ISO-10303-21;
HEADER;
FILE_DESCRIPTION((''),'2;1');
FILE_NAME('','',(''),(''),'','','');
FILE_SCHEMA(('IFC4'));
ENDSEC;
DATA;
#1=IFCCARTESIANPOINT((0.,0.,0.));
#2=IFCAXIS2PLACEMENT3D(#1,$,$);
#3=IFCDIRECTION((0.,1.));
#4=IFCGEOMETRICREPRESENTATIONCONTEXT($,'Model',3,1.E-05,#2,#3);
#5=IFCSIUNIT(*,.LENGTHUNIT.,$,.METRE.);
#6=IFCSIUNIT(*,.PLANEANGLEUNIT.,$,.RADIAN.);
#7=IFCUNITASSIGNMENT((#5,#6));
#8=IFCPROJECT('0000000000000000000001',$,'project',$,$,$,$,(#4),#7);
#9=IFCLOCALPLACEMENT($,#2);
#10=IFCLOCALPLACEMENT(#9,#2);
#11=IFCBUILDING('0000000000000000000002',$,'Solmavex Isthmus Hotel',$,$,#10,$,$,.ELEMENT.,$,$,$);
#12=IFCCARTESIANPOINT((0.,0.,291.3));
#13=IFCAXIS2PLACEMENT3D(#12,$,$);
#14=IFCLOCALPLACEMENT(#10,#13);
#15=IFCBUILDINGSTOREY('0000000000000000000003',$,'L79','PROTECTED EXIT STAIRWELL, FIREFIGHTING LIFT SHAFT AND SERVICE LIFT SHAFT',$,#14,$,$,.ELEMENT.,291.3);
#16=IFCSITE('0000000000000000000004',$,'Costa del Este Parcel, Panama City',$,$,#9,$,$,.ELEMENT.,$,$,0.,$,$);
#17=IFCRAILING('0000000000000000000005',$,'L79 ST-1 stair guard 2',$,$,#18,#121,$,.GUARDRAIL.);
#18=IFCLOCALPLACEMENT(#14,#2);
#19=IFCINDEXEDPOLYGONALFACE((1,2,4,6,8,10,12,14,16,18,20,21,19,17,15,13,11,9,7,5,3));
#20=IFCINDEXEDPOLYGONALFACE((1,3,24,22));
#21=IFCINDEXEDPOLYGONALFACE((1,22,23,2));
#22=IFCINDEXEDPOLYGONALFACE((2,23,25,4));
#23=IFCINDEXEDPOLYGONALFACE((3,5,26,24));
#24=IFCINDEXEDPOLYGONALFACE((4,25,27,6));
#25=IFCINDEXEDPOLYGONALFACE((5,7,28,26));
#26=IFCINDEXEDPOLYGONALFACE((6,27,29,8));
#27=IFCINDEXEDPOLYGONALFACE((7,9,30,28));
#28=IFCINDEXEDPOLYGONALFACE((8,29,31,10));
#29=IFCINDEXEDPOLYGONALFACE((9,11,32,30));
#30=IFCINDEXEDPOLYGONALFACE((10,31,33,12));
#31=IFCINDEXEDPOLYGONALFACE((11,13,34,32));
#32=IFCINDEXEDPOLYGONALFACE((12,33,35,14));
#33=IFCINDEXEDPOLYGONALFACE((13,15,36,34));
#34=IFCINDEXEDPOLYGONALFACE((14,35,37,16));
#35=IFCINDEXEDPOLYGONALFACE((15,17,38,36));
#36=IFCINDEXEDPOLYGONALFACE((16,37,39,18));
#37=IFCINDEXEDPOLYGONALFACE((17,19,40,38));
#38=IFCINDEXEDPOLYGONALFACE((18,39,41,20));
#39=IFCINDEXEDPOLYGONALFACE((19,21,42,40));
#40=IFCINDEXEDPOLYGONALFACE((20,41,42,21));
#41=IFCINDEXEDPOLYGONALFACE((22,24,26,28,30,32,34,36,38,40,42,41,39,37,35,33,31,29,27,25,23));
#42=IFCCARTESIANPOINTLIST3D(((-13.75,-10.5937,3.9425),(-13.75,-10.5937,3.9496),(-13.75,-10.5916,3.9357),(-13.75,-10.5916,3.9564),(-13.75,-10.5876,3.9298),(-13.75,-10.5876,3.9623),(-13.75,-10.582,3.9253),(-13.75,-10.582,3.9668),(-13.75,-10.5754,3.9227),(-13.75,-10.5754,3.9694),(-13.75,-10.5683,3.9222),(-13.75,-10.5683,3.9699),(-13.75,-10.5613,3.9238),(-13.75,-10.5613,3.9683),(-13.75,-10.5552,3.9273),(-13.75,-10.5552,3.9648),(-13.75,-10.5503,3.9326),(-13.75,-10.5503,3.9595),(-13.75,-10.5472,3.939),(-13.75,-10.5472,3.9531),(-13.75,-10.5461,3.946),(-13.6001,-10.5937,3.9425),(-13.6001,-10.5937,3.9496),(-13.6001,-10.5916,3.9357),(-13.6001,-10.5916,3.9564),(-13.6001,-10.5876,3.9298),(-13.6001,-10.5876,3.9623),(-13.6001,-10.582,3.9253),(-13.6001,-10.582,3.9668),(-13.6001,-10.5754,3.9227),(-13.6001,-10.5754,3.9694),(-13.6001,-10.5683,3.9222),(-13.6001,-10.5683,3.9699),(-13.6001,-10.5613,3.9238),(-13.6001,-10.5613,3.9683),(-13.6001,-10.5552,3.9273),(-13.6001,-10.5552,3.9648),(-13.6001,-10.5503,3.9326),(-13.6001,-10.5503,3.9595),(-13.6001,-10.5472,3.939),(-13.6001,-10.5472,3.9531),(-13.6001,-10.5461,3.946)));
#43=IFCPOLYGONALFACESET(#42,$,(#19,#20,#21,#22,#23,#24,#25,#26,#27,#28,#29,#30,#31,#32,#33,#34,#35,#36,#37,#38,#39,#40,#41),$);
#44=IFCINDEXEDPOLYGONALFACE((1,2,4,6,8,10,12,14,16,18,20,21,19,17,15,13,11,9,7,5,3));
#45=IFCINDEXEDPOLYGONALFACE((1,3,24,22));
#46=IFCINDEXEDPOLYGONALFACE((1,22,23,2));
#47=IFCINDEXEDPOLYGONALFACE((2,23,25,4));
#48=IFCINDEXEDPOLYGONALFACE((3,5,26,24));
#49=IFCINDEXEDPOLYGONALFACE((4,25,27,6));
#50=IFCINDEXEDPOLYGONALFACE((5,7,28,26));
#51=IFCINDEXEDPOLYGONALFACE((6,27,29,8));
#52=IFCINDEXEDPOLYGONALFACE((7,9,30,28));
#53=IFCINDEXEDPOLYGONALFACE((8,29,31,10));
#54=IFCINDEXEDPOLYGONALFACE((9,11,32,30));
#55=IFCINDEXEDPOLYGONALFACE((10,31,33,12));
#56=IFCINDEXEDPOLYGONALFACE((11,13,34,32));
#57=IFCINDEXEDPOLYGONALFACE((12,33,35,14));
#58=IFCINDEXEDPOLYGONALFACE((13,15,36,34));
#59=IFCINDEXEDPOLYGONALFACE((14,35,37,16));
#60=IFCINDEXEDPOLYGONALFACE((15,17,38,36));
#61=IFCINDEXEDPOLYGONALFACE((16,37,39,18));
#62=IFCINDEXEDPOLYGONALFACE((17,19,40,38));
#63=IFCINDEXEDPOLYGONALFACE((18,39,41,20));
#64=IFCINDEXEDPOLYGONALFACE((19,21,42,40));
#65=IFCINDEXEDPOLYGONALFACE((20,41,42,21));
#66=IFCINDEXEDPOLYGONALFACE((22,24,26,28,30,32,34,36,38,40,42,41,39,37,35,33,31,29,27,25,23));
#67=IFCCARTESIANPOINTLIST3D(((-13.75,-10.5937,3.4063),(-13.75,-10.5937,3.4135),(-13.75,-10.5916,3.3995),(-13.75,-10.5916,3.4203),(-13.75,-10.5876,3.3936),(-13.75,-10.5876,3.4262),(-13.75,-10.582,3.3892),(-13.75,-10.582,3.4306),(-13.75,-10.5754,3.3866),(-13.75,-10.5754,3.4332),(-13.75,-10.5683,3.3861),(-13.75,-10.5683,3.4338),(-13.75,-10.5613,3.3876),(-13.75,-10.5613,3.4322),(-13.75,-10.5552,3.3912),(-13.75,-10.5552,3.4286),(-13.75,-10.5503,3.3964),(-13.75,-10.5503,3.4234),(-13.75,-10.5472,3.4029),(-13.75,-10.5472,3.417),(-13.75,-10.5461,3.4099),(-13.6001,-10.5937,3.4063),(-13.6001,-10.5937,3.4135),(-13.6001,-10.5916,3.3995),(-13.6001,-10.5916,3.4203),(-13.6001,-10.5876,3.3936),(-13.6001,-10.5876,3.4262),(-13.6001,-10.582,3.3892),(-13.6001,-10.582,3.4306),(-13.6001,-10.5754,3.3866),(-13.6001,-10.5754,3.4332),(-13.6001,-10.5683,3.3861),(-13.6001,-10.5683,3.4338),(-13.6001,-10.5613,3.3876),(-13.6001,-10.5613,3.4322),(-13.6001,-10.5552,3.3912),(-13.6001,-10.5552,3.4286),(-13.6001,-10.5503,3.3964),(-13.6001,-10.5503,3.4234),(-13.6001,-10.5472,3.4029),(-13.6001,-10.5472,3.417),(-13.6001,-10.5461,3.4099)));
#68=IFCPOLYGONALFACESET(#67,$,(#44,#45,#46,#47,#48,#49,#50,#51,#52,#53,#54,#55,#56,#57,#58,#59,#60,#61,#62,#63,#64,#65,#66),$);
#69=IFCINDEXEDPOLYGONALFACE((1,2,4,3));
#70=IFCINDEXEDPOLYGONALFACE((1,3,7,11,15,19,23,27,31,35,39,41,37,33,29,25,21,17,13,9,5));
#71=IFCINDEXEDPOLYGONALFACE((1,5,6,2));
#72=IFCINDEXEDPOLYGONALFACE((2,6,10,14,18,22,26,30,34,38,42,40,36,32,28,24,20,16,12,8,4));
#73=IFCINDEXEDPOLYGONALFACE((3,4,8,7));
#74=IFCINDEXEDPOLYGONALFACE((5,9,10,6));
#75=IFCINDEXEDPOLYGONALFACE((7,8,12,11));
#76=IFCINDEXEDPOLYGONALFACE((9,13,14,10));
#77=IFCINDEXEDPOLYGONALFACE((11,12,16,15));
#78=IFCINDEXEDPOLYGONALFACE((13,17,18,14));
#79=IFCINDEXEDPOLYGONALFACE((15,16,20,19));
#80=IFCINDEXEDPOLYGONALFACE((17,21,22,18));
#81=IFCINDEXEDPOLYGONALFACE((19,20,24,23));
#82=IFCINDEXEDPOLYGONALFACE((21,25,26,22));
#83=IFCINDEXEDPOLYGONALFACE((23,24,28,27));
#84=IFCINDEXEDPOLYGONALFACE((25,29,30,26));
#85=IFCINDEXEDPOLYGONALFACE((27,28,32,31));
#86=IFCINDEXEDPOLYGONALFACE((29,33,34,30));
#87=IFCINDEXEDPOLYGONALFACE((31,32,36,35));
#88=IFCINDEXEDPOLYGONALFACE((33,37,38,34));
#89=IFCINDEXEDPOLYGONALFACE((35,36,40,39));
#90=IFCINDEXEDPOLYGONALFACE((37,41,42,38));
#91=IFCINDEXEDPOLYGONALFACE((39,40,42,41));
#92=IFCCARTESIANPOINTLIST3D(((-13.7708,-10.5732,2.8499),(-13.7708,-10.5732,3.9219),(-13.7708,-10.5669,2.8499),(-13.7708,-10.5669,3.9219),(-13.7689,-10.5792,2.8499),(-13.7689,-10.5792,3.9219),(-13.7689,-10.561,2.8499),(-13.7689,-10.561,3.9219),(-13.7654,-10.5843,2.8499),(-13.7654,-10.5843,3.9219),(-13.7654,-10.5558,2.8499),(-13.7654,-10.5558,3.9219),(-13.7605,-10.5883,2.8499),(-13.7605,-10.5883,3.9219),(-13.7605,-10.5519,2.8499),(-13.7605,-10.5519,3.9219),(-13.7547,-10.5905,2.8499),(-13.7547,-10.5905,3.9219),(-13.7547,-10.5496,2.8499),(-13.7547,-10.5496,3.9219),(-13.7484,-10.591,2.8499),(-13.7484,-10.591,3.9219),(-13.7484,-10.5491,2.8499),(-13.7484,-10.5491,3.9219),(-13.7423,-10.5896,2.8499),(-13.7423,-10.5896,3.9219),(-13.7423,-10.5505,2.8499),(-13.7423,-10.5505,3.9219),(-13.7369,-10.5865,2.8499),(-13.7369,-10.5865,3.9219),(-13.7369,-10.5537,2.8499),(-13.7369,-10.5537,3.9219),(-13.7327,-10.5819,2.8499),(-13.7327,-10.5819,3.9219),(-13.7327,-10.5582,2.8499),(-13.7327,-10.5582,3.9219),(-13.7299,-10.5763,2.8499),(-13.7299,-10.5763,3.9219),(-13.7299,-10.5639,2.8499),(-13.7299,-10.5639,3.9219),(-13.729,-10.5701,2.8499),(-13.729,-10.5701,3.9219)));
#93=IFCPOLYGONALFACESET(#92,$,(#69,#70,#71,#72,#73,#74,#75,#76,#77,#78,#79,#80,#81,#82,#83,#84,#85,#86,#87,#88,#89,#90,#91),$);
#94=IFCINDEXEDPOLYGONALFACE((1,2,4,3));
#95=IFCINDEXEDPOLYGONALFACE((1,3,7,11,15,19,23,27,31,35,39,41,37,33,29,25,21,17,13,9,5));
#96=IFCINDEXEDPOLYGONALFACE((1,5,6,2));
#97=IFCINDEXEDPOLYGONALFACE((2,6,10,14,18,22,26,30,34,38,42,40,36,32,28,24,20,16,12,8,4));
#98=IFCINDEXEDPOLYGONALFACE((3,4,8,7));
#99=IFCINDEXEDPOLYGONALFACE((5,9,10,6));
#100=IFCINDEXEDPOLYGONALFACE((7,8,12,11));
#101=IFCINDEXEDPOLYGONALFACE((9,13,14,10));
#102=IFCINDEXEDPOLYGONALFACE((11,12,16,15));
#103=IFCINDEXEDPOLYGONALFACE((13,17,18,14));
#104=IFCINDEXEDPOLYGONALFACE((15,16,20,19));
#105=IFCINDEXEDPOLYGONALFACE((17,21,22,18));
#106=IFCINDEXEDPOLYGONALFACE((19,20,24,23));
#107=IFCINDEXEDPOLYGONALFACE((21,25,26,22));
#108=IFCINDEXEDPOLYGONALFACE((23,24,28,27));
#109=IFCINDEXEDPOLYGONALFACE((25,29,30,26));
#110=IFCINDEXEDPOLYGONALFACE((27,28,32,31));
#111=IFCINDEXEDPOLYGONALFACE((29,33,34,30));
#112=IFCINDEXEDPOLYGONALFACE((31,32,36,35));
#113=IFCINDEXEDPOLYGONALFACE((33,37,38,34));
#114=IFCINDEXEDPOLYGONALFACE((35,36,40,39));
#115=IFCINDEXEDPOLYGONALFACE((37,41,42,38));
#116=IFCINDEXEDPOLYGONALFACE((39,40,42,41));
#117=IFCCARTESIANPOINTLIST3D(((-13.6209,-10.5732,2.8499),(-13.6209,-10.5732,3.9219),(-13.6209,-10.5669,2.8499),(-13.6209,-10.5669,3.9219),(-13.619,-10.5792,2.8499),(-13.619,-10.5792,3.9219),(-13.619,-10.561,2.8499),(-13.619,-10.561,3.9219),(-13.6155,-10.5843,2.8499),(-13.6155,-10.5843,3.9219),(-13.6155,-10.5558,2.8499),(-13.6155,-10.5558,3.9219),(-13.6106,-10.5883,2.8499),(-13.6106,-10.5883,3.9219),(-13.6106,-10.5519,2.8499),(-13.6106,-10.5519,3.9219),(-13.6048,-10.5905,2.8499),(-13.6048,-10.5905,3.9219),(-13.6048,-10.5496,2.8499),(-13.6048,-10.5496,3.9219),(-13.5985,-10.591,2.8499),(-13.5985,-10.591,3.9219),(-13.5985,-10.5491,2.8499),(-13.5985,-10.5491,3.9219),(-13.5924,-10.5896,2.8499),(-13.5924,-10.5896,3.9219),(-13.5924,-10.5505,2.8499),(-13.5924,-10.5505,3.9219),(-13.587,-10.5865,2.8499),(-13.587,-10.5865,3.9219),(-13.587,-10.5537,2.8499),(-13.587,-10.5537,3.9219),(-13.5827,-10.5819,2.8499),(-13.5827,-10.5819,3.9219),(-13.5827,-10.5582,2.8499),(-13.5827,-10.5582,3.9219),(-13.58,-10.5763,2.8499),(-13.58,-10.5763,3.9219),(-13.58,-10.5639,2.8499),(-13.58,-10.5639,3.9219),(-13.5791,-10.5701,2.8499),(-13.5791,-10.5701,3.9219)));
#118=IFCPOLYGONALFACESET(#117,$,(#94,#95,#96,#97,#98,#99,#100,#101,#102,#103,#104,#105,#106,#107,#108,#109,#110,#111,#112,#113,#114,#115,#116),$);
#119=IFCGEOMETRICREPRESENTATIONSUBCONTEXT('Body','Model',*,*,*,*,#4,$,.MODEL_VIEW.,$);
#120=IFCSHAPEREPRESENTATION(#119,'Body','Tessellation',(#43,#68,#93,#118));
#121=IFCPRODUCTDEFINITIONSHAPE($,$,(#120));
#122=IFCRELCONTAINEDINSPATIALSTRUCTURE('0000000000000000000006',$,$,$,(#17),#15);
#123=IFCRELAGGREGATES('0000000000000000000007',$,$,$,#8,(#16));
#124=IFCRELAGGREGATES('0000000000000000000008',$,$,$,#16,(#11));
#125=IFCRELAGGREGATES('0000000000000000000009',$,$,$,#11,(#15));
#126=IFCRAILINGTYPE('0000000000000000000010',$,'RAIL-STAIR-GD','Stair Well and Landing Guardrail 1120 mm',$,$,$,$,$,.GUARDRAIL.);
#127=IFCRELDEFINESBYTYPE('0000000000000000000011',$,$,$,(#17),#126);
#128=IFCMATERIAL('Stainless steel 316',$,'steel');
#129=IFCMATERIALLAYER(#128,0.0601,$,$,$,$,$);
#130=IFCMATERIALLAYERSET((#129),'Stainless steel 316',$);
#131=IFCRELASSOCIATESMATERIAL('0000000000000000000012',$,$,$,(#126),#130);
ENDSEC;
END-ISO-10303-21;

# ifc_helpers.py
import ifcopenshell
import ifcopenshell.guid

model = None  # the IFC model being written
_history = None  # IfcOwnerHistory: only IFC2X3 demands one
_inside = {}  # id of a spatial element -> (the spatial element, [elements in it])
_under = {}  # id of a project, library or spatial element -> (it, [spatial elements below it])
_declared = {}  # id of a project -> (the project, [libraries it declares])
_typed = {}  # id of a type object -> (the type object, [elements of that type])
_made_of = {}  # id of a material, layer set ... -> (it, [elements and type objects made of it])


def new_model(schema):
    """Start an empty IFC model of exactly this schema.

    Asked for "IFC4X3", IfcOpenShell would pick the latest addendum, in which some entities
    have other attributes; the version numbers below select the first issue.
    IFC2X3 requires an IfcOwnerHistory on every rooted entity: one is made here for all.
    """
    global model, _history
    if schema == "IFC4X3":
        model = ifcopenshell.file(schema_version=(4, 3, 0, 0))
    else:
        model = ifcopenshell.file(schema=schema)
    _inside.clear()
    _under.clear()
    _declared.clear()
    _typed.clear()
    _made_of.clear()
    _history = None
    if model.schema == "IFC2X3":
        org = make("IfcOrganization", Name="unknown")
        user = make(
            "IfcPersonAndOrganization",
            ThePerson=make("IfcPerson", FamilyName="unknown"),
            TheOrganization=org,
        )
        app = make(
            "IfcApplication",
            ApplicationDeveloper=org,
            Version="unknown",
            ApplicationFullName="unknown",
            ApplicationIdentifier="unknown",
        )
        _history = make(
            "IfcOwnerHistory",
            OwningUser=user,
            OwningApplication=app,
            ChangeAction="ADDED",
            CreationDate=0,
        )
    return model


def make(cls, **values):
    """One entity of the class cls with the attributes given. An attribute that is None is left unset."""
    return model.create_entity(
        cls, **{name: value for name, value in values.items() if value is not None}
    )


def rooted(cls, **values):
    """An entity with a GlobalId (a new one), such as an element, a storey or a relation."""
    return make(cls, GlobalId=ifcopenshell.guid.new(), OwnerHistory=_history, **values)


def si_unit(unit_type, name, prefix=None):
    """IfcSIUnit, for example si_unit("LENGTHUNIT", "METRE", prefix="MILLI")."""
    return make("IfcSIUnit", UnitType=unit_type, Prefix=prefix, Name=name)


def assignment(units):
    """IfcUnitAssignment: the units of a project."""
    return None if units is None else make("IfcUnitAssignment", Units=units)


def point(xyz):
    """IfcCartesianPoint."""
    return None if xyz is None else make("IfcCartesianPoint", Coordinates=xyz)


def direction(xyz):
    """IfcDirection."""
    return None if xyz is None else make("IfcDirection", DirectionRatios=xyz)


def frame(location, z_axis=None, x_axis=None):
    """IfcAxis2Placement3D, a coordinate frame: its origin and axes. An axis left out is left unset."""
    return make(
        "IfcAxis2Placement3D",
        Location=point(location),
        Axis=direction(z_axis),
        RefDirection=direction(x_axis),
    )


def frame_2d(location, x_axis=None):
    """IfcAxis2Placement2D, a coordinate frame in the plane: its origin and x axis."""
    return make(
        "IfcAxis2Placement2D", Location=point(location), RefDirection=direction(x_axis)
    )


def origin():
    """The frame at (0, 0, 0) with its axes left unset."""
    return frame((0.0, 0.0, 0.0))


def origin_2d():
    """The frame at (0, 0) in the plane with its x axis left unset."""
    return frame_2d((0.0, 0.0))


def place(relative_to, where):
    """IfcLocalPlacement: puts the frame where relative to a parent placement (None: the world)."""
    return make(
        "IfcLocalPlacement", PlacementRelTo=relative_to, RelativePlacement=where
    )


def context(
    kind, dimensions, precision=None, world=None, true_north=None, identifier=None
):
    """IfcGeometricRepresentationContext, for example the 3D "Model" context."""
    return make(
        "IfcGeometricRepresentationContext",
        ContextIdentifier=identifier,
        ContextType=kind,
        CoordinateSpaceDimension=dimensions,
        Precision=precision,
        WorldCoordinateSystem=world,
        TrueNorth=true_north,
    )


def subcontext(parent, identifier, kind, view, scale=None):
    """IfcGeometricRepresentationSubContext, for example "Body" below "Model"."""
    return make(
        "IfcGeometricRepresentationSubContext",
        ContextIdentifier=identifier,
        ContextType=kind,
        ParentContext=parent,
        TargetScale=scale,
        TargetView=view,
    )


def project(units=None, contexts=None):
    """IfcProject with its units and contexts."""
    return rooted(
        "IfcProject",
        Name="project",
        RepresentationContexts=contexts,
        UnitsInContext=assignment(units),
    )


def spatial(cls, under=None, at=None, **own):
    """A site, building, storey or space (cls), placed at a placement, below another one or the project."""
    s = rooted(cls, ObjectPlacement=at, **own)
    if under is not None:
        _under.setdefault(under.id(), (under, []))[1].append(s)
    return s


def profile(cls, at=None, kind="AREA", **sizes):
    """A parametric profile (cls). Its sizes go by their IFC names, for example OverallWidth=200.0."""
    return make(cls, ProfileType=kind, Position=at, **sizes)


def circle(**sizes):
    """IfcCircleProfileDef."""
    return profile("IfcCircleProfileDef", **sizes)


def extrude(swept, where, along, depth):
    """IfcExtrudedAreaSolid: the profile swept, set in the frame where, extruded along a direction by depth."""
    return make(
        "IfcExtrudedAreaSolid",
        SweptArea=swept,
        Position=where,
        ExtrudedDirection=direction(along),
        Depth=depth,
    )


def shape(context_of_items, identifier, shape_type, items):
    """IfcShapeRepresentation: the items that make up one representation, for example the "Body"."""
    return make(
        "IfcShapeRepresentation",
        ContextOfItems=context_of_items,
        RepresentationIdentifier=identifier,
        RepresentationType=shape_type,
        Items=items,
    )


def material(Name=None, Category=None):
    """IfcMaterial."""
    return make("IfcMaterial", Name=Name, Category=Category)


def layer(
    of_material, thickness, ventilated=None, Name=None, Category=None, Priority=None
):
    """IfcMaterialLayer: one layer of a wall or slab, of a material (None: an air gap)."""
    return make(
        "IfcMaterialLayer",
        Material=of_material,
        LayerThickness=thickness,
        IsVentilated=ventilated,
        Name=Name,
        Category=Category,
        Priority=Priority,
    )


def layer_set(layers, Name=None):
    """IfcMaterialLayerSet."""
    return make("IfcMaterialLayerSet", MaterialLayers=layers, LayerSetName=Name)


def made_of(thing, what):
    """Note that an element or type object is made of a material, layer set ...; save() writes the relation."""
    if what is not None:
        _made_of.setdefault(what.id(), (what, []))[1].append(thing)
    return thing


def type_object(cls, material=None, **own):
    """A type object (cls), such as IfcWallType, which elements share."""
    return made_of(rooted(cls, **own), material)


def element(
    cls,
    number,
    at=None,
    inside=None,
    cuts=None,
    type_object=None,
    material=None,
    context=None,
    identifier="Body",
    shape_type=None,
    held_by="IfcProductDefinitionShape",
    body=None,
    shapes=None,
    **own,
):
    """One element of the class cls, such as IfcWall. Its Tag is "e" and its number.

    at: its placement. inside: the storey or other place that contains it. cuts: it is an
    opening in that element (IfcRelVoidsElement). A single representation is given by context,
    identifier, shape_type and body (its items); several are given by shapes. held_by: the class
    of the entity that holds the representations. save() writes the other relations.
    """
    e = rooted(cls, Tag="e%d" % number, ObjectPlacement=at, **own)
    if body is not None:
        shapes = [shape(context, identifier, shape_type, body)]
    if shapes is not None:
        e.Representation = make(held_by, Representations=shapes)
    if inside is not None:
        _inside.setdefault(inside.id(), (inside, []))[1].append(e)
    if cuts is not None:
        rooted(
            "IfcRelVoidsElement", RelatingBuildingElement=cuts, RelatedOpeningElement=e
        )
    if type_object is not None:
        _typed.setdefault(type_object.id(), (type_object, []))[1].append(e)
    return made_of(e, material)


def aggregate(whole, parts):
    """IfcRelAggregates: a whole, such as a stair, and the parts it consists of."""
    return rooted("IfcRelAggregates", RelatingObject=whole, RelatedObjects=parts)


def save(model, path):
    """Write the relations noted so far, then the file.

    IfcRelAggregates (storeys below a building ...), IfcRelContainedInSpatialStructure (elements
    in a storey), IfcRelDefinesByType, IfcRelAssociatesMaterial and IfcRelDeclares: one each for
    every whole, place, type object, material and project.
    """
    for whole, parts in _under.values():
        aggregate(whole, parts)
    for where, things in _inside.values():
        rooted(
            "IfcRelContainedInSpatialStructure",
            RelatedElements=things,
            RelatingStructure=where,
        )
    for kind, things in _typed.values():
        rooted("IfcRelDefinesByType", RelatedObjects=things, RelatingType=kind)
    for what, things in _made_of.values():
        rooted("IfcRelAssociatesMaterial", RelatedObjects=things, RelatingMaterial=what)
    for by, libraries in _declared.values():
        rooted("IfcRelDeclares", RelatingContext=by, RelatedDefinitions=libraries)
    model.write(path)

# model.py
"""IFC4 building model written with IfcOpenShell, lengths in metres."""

from ifc_helpers import new_model, si_unit, direction, frame, origin, origin_2d, place, context, subcontext, project, spatial, circle, extrude, material, layer, layer_set, type_object, element, save


model = new_model("IFC4")

# Units and contexts
model_context = context("Model", 3, precision=1e-05, world=origin(), true_north=direction((0.0, 1.0)))
body_context = subcontext(model_context, "Body", "Model", "MODEL_VIEW")
ifc_project = project(units=[si_unit("LENGTHUNIT", "METRE"), si_unit("PLANEANGLEUNIT", "RADIAN")], contexts=[model_context])

# Site, building, storey
site_placement = place(None, origin())
site = spatial("IfcSite", under=ifc_project, at=site_placement, Name="Costa del Este Parcel, Panama City", CompositionType="ELEMENT", RefElevation=0.0)
building_placement = place(site_placement, origin())
building = spatial("IfcBuilding", under=site, at=building_placement, Name="Solmavex Isthmus Hotel", CompositionType="ELEMENT")
storey_placement = place(building_placement, frame((0.0, 0.0, 291.3)))
storey = spatial("IfcBuildingStorey", under=building, at=storey_placement, Name="L79", Description="PROTECTED EXIT STAIRWELL, FIREFIGHTING LIFT SHAFT AND SERVICE LIFT SHAFT", CompositionType="ELEMENT", Elevation=291.3)

# Shared definitions
ifc_material_1 = material(Name="Stainless steel 316", Category="steel")

# Railing
ifc_layer_1 = layer(ifc_material_1, 0.0601)
ifc_layer_set_1 = layer_set([ifc_layer_1], Name="Stainless steel 316")
railing_type_1 = type_object("IfcRailingType", Name="RAIL-STAIR-GD", Description="Stair Well and Landing Guardrail 1120 mm", PredefinedType="GUARDRAIL", material=ifc_layer_set_1)
railing_1_placement = place(storey_placement, frame((-13.75, -10.5701, 2.8499)))
element("IfcRailing", 1, at=railing_1_placement, inside=storey, type_object=railing_type_1, Name="L79 ST-1 stair guard 2", PredefinedType="GUARDRAIL", context=body_context, shape_type="SweptSolid", body=[
    extrude(circle(Radius=0.0239, at=origin_2d()), frame((0.0, 0.0, 1.0962), z_axis=(1.0, 0.0, 0.0), x_axis=(0.0, 1.0, 0.0)), (0.0, 0.0, 1.0), 0.1499),
    extrude(circle(Radius=0.0239, at=origin_2d()), frame((0.0, 0.0, 0.5601), z_axis=(1.0, 0.0, 0.0), x_axis=(0.0, 1.0, 0.0)), (0.0, 0.0, 1.0), 0.1499),
    extrude(circle(Radius=0.021, at=origin_2d()), origin(), (0.0, 0.0, 1.0), 1.072),
    extrude(circle(Radius=0.021, at=origin_2d()), frame((0.1499, 0.0, 0.0)), (0.0, 0.0, 1.0), 1.072),
])

save(model, "model.ifc")
